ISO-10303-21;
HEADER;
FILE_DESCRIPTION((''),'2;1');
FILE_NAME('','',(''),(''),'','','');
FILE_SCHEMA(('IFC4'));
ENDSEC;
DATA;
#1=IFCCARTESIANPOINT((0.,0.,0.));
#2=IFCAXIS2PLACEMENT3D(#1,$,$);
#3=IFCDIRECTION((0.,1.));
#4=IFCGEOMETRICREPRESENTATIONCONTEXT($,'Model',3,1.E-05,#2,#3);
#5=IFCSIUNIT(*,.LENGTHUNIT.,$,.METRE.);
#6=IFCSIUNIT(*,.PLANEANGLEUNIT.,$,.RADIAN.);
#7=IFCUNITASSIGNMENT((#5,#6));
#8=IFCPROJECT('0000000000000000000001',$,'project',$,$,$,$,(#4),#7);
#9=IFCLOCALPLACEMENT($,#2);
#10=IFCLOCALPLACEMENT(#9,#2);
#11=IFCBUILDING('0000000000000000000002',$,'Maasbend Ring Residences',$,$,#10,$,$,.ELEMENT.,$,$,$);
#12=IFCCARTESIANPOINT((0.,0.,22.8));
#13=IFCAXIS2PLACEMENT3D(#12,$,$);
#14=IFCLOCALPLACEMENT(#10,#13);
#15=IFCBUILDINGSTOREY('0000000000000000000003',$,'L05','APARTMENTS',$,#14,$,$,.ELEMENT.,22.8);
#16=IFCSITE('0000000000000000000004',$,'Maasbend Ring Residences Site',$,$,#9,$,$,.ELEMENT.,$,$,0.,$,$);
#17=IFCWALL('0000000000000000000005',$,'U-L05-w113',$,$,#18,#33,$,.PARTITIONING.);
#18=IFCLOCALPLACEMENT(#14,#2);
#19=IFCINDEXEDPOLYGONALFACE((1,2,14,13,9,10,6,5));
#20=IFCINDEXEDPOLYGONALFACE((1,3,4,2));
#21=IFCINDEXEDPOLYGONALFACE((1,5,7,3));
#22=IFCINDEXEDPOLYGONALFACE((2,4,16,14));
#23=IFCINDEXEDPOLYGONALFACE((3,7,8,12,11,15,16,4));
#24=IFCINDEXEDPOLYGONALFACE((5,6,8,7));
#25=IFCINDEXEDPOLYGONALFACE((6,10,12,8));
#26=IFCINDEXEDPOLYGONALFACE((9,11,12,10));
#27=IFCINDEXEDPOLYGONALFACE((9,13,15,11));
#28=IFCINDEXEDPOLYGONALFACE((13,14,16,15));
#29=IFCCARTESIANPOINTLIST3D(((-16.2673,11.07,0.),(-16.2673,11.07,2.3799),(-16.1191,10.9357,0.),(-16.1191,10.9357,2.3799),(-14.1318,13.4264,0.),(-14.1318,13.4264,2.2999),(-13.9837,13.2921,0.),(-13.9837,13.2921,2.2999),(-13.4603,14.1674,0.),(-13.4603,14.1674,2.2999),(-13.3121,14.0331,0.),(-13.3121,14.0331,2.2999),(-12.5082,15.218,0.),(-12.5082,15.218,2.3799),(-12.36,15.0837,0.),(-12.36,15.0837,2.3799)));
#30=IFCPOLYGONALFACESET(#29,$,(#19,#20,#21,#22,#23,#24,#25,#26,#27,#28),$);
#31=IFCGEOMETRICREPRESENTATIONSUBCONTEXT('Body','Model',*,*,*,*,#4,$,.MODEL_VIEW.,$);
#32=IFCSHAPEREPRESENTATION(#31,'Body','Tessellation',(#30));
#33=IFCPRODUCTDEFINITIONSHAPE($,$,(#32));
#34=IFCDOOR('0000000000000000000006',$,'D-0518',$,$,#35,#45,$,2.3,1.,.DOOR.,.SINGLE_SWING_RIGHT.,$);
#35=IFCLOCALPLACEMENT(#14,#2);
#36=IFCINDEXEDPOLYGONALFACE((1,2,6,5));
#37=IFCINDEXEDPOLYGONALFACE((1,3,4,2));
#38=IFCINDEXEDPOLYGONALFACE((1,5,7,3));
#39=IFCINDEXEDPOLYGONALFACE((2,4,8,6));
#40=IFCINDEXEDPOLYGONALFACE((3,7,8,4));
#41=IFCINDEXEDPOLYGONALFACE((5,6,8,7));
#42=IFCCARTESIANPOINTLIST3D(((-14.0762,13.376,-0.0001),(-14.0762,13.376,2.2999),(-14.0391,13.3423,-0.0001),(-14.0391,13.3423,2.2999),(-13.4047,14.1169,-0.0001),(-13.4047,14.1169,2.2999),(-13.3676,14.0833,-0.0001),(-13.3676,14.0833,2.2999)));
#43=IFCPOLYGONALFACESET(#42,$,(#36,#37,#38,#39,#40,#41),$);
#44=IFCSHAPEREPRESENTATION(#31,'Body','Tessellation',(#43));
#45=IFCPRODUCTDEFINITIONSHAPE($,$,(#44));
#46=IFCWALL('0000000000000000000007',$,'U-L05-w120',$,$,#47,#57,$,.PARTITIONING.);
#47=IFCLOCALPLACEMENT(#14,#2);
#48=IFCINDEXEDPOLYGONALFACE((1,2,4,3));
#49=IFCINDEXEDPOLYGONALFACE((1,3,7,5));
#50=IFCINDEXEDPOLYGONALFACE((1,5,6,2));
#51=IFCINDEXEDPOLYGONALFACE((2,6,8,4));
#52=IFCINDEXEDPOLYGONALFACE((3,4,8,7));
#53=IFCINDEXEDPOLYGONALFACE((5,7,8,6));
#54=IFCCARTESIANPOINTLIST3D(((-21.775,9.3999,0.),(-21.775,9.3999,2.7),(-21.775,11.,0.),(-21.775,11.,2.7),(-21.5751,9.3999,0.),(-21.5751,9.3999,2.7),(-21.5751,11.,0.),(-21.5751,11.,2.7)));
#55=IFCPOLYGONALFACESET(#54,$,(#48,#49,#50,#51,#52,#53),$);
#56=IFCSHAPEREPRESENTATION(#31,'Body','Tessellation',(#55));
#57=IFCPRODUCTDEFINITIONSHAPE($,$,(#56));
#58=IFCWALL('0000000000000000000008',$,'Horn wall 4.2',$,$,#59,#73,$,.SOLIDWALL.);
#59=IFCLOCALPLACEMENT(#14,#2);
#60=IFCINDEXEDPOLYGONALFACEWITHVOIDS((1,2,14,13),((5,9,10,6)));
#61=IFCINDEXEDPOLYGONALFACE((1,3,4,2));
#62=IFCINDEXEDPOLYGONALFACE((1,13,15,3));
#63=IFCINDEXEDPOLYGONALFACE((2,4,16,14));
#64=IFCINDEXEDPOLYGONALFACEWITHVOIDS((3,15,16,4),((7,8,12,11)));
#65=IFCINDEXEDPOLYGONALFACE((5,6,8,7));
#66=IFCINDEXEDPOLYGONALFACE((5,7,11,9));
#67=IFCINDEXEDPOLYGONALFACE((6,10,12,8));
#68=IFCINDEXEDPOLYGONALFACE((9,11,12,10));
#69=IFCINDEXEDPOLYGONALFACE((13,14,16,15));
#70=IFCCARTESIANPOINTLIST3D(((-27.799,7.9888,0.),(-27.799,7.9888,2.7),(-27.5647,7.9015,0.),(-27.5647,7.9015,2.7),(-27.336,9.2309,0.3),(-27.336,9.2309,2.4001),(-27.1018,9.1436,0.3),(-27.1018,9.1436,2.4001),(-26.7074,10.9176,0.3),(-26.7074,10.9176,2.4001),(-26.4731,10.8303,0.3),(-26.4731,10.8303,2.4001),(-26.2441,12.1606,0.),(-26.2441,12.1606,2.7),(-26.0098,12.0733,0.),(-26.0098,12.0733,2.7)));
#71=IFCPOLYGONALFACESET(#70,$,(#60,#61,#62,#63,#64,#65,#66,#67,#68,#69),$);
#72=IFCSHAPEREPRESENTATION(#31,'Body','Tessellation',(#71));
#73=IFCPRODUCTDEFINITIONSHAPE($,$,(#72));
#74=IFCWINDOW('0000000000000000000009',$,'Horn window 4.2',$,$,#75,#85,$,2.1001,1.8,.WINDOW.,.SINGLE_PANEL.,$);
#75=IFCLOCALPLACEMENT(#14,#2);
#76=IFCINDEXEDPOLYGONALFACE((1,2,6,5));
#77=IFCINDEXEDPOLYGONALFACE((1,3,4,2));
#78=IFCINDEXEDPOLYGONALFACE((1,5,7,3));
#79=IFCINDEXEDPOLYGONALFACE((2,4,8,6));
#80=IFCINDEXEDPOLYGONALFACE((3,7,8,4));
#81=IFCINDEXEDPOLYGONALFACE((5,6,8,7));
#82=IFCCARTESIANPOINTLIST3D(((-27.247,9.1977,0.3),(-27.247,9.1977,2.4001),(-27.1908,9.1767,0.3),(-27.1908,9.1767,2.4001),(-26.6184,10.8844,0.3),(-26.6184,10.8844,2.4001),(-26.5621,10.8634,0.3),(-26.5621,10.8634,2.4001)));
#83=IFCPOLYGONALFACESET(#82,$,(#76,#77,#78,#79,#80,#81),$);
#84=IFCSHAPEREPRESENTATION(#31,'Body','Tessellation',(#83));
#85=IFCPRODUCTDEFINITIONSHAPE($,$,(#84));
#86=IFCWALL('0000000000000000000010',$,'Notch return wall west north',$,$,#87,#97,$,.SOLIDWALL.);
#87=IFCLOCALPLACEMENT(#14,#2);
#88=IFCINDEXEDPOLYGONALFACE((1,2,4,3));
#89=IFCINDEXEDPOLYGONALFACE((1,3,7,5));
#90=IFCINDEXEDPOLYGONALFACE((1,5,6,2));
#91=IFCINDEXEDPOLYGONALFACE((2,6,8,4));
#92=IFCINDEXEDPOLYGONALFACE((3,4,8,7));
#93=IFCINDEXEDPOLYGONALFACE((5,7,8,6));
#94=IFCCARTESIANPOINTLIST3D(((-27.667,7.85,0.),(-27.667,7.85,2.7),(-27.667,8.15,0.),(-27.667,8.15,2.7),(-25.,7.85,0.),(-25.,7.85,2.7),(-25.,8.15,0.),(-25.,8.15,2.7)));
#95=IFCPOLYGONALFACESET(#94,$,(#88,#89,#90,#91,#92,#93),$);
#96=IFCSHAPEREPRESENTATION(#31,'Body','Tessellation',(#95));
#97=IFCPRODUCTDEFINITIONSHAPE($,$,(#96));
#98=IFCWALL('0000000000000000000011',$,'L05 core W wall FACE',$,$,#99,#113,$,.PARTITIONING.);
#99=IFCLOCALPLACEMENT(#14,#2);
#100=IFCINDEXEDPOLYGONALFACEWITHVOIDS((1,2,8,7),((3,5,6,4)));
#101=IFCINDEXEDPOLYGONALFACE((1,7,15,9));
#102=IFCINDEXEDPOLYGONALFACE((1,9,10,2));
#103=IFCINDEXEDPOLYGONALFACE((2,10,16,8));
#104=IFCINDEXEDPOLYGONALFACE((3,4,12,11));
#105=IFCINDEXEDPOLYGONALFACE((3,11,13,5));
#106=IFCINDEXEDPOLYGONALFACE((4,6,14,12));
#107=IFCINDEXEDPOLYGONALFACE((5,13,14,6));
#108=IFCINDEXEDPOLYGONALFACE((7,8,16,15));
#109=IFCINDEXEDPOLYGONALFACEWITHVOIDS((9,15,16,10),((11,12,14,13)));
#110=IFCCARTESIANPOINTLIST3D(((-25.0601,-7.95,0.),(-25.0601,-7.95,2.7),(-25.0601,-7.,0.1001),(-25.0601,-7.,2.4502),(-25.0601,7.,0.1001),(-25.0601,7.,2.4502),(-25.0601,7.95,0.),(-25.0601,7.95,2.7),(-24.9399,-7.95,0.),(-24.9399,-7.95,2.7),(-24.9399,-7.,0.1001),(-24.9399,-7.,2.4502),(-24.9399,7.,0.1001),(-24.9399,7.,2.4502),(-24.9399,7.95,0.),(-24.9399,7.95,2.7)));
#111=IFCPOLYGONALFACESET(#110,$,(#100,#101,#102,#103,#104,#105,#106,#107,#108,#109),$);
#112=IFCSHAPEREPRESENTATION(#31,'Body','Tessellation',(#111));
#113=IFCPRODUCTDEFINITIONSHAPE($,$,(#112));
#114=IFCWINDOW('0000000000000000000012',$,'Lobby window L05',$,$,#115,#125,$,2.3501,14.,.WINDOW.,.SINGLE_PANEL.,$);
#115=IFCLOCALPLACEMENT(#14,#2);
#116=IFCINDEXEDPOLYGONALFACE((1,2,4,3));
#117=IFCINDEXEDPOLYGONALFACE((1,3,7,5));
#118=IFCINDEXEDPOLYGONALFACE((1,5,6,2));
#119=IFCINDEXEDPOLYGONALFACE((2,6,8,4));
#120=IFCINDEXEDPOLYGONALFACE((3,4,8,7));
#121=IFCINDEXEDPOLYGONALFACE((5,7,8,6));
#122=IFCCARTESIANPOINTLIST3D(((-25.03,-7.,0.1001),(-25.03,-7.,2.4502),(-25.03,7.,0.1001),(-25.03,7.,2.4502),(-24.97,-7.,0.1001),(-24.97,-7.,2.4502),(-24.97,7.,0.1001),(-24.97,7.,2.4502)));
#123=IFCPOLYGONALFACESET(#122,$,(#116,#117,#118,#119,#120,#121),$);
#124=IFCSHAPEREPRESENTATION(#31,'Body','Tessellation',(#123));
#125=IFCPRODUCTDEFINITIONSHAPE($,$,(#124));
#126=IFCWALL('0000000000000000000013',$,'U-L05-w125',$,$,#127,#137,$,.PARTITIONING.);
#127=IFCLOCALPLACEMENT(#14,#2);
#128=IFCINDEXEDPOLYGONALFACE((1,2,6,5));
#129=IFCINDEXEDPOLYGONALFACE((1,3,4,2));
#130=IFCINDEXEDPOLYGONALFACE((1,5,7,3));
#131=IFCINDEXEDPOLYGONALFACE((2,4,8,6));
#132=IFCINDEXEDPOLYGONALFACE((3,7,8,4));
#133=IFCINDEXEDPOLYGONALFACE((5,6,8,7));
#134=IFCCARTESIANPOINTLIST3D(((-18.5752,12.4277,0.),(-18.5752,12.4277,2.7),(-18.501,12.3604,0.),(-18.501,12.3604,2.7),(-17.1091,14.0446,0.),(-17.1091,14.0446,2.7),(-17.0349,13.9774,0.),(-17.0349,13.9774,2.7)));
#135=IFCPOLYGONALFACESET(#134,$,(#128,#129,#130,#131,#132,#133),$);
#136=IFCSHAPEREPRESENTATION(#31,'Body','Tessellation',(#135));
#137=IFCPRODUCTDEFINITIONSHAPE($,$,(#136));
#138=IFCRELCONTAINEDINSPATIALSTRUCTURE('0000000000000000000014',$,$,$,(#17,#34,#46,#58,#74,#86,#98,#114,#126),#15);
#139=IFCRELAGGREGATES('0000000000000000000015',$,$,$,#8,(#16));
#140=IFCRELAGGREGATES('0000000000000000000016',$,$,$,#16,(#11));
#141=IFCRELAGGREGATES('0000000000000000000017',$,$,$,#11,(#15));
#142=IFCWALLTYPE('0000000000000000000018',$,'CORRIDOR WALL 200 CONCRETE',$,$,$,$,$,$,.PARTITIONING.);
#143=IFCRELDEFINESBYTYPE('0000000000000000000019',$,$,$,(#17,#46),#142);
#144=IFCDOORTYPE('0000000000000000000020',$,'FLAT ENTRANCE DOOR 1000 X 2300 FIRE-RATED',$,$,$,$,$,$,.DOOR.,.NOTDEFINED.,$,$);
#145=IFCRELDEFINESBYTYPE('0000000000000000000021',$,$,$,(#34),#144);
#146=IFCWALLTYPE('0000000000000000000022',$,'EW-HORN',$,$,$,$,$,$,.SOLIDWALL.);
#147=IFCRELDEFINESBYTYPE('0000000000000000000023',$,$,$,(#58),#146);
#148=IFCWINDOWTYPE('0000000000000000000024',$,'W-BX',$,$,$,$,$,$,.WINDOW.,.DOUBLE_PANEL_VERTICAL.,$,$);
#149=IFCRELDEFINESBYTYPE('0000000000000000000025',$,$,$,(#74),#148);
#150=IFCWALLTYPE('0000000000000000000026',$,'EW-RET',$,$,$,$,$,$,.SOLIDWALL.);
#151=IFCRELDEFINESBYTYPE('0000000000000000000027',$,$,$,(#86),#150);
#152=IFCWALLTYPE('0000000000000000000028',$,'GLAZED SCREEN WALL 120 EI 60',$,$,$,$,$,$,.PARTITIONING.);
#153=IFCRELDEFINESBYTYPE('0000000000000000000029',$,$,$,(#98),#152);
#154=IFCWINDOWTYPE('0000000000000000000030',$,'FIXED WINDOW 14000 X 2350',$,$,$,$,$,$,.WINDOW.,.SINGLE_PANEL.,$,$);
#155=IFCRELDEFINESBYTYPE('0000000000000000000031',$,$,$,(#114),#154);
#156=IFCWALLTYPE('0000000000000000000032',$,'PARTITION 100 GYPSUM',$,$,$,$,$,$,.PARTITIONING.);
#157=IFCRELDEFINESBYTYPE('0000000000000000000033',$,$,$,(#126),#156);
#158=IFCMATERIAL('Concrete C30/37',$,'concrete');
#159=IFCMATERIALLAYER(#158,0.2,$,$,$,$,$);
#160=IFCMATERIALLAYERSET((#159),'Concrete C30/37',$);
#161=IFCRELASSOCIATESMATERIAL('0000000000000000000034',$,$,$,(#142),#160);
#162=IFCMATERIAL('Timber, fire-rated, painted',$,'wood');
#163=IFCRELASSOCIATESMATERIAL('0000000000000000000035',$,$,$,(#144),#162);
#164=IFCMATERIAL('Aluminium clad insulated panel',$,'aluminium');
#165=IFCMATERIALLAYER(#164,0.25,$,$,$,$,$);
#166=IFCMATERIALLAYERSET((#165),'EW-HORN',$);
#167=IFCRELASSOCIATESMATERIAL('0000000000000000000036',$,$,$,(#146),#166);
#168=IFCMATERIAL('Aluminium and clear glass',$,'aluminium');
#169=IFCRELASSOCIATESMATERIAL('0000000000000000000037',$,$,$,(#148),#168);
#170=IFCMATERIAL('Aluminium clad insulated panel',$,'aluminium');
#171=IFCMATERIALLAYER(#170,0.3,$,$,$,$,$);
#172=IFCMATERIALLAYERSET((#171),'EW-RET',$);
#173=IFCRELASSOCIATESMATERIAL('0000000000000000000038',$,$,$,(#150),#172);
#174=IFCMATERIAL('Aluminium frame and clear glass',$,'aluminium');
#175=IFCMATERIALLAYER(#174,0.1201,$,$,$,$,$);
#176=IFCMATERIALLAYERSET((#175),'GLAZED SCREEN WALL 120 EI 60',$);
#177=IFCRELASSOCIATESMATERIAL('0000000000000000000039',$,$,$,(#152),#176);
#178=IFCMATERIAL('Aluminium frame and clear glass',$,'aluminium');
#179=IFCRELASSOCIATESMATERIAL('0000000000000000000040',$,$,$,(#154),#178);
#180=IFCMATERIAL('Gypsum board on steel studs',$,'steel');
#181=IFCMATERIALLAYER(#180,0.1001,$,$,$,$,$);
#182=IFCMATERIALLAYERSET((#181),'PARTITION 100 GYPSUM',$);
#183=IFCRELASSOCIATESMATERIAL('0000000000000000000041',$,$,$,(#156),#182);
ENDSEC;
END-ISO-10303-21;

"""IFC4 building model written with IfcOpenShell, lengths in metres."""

from ifc_helpers import new_model, si_unit, direction, frame, frame_2d, origin, place, context, subcontext, project, spatial, rectangle, extrude, material, layer, layer_set, type_object, element, fill, save


model = new_model("IFC4")

# Units and contexts
model_context = context("Model", 3, precision=1e-05, world=origin(), true_north=direction((0.0, 1.0)))
body_context = subcontext(model_context, "Body", "Model", "MODEL_VIEW")
ifc_project = project(units=[si_unit("LENGTHUNIT", "METRE"), si_unit("PLANEANGLEUNIT", "RADIAN")], contexts=[model_context])

# Site, building, storey
site_placement = place(None, origin())
site = spatial("IfcSite", under=ifc_project, at=site_placement, Name="Maasbend Ring Residences Site", CompositionType="ELEMENT", RefElevation=0.0)
building_placement = place(site_placement, origin())
building = spatial("IfcBuilding", under=site, at=building_placement, Name="Maasbend Ring Residences", CompositionType="ELEMENT")
storey_placement = place(building_placement, frame((0.0, 0.0, 22.8)))
storey = spatial("IfcBuildingStorey", under=building, at=storey_placement, Name="L05", Description="APARTMENTS", CompositionType="ELEMENT", Elevation=22.8)

# Wall, opening, door
ifc_material_1 = material(Name="Concrete C30/37", Category="concrete")
ifc_layer_1 = layer(ifc_material_1, 0.2)
ifc_layer_set_1 = layer_set([ifc_layer_1], Name="Concrete C30/37")
wall_type_1 = type_object("IfcWallType", Name="CORRIDOR WALL 200 CONCRETE", PredefinedType="PARTITIONING", material=ifc_layer_set_1)
wall_1_placement = place(storey_placement, frame((-16.1931, 11.0029, 0.0), z_axis=(0.0, 0.0, 1.0), x_axis=(0.671515, 0.740991, 0.0)))
wall_1 = element("IfcWall", 1, at=wall_1_placement, inside=storey, type_object=wall_type_1, Name="U-L05-w113", PredefinedType="PARTITIONING", context=body_context, shape_type="SweptSolid", body=[
    extrude(rectangle(XDim=5.5979, YDim=0.2, at=frame_2d((2.7988, 0.0))), origin(), (0.0, 0.0, 1.0), 2.3799),
])
opening_1_placement = place(wall_1_placement, frame((3.1799, 0.0, 0.0)))
opening_1 = element("IfcOpeningElement", 2, at=opening_1_placement, cuts=wall_1, PredefinedType="OPENING", context=body_context, shape_type="SweptSolid", body=[
    extrude(rectangle(XDim=1.0, YDim=2.3, at=frame_2d((0.5, 1.1499))), frame((0.0, 0.1099, 0.0), z_axis=(0.0, -1.0, 0.0), x_axis=(1.0, 0.0, 0.0)), (0.0, 0.0, 1.0), 0.22),
])
ifc_material_2 = material(Name="Timber, fire-rated, painted", Category="wood")
door_type_1 = type_object("IfcDoorType", Name="FLAT ENTRANCE DOOR 1000 X 2300 FIRE-RATED", OperationType="NOTDEFINED", PredefinedType="DOOR", material=ifc_material_2)
door_1_placement = place(opening_1_placement, origin())
door_1 = element("IfcDoor", 3, at=door_1_placement, inside=storey, type_object=door_type_1, Name="D-0518", OperationType="SINGLE_SWING_RIGHT", OverallHeight=2.3, OverallWidth=1.0, PredefinedType="DOOR", context=body_context, shape_type="SweptSolid", body=[
    extrude(rectangle(XDim=1.0, YDim=2.3, at=frame_2d((0.5, 1.1499))), frame((0.0, 0.0249, 0.0), z_axis=(0.0, -1.0, 0.0), x_axis=(1.0, 0.0, 0.0)), (0.0, 0.0, 1.0), 0.05),
])
fill(opening_1, door_1)

# Wall
wall_2_placement = place(storey_placement, frame((-21.675, 9.3999, 0.0), z_axis=(0.0, 0.0, 1.0), x_axis=(0.0, 1.0, 0.0)))
element("IfcWall", 4, at=wall_2_placement, inside=storey, type_object=wall_type_1, Name="U-L05-w120", PredefinedType="PARTITIONING", context=body_context, shape_type="SweptSolid", body=[
    extrude(rectangle(XDim=1.6001, YDim=0.2, at=frame_2d((0.8, 0.0))), origin(), (0.0, 0.0, 1.0), 2.7),
])

# Wall, opening, window
ifc_material_3 = material(Name="Aluminium clad insulated panel", Category="aluminium")
ifc_layer_2 = layer(ifc_material_3, 0.25)
ifc_layer_set_2 = layer_set([ifc_layer_2], Name="EW-HORN")
wall_type_2 = type_object("IfcWallType", Name="EW-HORN", PredefinedType="SOLIDWALL", material=ifc_layer_set_2)
wall_3_placement = place(storey_placement, frame((-26.127, 12.1169, 0.0), z_axis=(0.0, 0.0, 1.0), x_axis=(-0.349248, -0.93703, 0.0)))
wall_3 = element("IfcWall", 5, at=wall_3_placement, inside=storey, type_object=wall_type_2, Name="Horn wall 4.2", PredefinedType="SOLIDWALL", context=body_context, shape_type="SweptSolid", body=[
    extrude(rectangle(XDim=4.4521, YDim=0.25, at=frame_2d((2.2261, 0.0))), origin(), (0.0, 0.0, 1.0), 2.7),
])
opening_2_placement = place(wall_3_placement, frame((1.3267, 0.0, 0.3)))
opening_2 = element("IfcOpeningElement", 6, at=opening_2_placement, cuts=wall_3, PredefinedType="OPENING", context=body_context, shape_type="SweptSolid", body=[
    extrude(rectangle(XDim=1.8, YDim=2.1001, at=frame_2d((0.8999, 1.05))), frame((0.0, 0.135, 0.0), z_axis=(0.0, -1.0, 0.0), x_axis=(1.0, 0.0, 0.0)), (0.0, 0.0, 1.0), 0.27),
])
ifc_material_4 = material(Name="Aluminium and clear glass", Category="aluminium")
window_type_1 = type_object("IfcWindowType", Name="W-BX", PartitioningType="DOUBLE_PANEL_VERTICAL", PredefinedType="WINDOW", material=ifc_material_4)
window_1_placement = place(opening_2_placement, origin())
window_1 = element("IfcWindow", 7, at=window_1_placement, inside=storey, type_object=window_type_1, Name="Horn window 4.2", OverallHeight=2.1001, OverallWidth=1.8, PartitioningType="SINGLE_PANEL", PredefinedType="WINDOW", context=body_context, shape_type="SweptSolid", body=[
    extrude(rectangle(XDim=1.8, YDim=2.1001, at=frame_2d((0.8999, 1.05))), frame((0.0, 0.03, 0.0), z_axis=(0.0, -1.0, 0.0), x_axis=(1.0, 0.0, 0.0)), (0.0, 0.0, 1.0), 0.0601),
])
fill(opening_2, window_1)

# Wall
ifc_material_5 = material(Name="Aluminium clad insulated panel", Category="aluminium")
ifc_layer_3 = layer(ifc_material_5, 0.3)
ifc_layer_set_3 = layer_set([ifc_layer_3], Name="EW-RET")
wall_type_3 = type_object("IfcWallType", Name="EW-RET", PredefinedType="SOLIDWALL", material=ifc_layer_set_3)
wall_4_placement = place(storey_placement, frame((-25.0, 8.0, 0.0), z_axis=(0.0, 0.0, 1.0), x_axis=(-1.0, 0.0, 0.0)))
element("IfcWall", 8, at=wall_4_placement, inside=storey, type_object=wall_type_3, Name="Notch return wall west north", PredefinedType="SOLIDWALL", context=body_context, shape_type="SweptSolid", body=[
    extrude(rectangle(XDim=2.667, YDim=0.3, at=frame_2d((1.3335, 0.0))), origin(), (0.0, 0.0, 1.0), 2.7),
])

# Wall, opening, window
ifc_material_6 = material(Name="Aluminium frame and clear glass", Category="aluminium")
ifc_layer_4 = layer(ifc_material_6, 0.1201)
ifc_layer_set_4 = layer_set([ifc_layer_4], Name="GLAZED SCREEN WALL 120 EI 60")
wall_type_4 = type_object("IfcWallType", Name="GLAZED SCREEN WALL 120 EI 60", PredefinedType="PARTITIONING", material=ifc_layer_set_4)
wall_5_placement = place(storey_placement, frame((-25.0, 7.95, 0.0), z_axis=(0.0, 0.0, 1.0), x_axis=(0.0, -1.0, 0.0)))
wall_5 = element("IfcWall", 9, at=wall_5_placement, inside=storey, type_object=wall_type_4, Name="L05 core W wall FACE", PredefinedType="PARTITIONING", context=body_context, shape_type="SweptSolid", body=[
    extrude(rectangle(XDim=15.8999, YDim=0.1201, at=frame_2d((7.95, 0.0))), origin(), (0.0, 0.0, 1.0), 2.7),
])
opening_3_placement = place(wall_5_placement, frame((0.95, 0.0, 0.1001)))
opening_3 = element("IfcOpeningElement", 10, at=opening_3_placement, cuts=wall_5, PredefinedType="OPENING", context=body_context, shape_type="SweptSolid", body=[
    extrude(rectangle(XDim=14.0, YDim=2.3501, at=frame_2d((7.0, 1.175))), frame((0.0, 0.0701, 0.0), z_axis=(0.0, -1.0, 0.0), x_axis=(1.0, 0.0, 0.0)), (0.0, 0.0, 1.0), 0.1401),
])
ifc_material_7 = material(Name="Aluminium frame and clear glass", Category="aluminium")
window_type_2 = type_object("IfcWindowType", Name="FIXED WINDOW 14000 X 2350", PartitioningType="SINGLE_PANEL", PredefinedType="WINDOW", material=ifc_material_7)
window_2_placement = place(opening_3_placement, origin())
window_2 = element("IfcWindow", 11, at=window_2_placement, inside=storey, type_object=window_type_2, Name="Lobby window L05", OverallHeight=2.3501, OverallWidth=14.0, PartitioningType="SINGLE_PANEL", PredefinedType="WINDOW", context=body_context, shape_type="SweptSolid", body=[
    extrude(rectangle(XDim=14.0, YDim=2.3501, at=frame_2d((7.0, 1.175))), frame((0.0, 0.03, 0.0), z_axis=(0.0, -1.0, 0.0), x_axis=(1.0, 0.0, 0.0)), (0.0, 0.0, 1.0), 0.0601),
])
fill(opening_3, window_2)

# Wall
ifc_material_8 = material(Name="Gypsum board on steel studs", Category="steel")
ifc_layer_5 = layer(ifc_material_8, 0.1001)
ifc_layer_set_5 = layer_set([ifc_layer_5], Name="PARTITION 100 GYPSUM")
wall_type_5 = type_object("IfcWallType", Name="PARTITION 100 GYPSUM", PredefinedType="PARTITIONING", material=ifc_layer_set_5)
wall_6_placement = place(storey_placement, frame((-18.5381, 12.394, 0.0), z_axis=(0.0, 0.0, 1.0), x_axis=(0.671698, 0.740825, 0.0)))
element("IfcWall", 12, at=wall_6_placement, inside=storey, type_object=wall_type_5, Name="U-L05-w125", PredefinedType="PARTITIONING", context=body_context, shape_type="SweptSolid", body=[
    extrude(rectangle(XDim=2.1826, YDim=0.1001, at=frame_2d((1.0913, 0.0))), origin(), (0.0, 0.0, 1.0), 2.7),
])

save(model, "model.ifc")
